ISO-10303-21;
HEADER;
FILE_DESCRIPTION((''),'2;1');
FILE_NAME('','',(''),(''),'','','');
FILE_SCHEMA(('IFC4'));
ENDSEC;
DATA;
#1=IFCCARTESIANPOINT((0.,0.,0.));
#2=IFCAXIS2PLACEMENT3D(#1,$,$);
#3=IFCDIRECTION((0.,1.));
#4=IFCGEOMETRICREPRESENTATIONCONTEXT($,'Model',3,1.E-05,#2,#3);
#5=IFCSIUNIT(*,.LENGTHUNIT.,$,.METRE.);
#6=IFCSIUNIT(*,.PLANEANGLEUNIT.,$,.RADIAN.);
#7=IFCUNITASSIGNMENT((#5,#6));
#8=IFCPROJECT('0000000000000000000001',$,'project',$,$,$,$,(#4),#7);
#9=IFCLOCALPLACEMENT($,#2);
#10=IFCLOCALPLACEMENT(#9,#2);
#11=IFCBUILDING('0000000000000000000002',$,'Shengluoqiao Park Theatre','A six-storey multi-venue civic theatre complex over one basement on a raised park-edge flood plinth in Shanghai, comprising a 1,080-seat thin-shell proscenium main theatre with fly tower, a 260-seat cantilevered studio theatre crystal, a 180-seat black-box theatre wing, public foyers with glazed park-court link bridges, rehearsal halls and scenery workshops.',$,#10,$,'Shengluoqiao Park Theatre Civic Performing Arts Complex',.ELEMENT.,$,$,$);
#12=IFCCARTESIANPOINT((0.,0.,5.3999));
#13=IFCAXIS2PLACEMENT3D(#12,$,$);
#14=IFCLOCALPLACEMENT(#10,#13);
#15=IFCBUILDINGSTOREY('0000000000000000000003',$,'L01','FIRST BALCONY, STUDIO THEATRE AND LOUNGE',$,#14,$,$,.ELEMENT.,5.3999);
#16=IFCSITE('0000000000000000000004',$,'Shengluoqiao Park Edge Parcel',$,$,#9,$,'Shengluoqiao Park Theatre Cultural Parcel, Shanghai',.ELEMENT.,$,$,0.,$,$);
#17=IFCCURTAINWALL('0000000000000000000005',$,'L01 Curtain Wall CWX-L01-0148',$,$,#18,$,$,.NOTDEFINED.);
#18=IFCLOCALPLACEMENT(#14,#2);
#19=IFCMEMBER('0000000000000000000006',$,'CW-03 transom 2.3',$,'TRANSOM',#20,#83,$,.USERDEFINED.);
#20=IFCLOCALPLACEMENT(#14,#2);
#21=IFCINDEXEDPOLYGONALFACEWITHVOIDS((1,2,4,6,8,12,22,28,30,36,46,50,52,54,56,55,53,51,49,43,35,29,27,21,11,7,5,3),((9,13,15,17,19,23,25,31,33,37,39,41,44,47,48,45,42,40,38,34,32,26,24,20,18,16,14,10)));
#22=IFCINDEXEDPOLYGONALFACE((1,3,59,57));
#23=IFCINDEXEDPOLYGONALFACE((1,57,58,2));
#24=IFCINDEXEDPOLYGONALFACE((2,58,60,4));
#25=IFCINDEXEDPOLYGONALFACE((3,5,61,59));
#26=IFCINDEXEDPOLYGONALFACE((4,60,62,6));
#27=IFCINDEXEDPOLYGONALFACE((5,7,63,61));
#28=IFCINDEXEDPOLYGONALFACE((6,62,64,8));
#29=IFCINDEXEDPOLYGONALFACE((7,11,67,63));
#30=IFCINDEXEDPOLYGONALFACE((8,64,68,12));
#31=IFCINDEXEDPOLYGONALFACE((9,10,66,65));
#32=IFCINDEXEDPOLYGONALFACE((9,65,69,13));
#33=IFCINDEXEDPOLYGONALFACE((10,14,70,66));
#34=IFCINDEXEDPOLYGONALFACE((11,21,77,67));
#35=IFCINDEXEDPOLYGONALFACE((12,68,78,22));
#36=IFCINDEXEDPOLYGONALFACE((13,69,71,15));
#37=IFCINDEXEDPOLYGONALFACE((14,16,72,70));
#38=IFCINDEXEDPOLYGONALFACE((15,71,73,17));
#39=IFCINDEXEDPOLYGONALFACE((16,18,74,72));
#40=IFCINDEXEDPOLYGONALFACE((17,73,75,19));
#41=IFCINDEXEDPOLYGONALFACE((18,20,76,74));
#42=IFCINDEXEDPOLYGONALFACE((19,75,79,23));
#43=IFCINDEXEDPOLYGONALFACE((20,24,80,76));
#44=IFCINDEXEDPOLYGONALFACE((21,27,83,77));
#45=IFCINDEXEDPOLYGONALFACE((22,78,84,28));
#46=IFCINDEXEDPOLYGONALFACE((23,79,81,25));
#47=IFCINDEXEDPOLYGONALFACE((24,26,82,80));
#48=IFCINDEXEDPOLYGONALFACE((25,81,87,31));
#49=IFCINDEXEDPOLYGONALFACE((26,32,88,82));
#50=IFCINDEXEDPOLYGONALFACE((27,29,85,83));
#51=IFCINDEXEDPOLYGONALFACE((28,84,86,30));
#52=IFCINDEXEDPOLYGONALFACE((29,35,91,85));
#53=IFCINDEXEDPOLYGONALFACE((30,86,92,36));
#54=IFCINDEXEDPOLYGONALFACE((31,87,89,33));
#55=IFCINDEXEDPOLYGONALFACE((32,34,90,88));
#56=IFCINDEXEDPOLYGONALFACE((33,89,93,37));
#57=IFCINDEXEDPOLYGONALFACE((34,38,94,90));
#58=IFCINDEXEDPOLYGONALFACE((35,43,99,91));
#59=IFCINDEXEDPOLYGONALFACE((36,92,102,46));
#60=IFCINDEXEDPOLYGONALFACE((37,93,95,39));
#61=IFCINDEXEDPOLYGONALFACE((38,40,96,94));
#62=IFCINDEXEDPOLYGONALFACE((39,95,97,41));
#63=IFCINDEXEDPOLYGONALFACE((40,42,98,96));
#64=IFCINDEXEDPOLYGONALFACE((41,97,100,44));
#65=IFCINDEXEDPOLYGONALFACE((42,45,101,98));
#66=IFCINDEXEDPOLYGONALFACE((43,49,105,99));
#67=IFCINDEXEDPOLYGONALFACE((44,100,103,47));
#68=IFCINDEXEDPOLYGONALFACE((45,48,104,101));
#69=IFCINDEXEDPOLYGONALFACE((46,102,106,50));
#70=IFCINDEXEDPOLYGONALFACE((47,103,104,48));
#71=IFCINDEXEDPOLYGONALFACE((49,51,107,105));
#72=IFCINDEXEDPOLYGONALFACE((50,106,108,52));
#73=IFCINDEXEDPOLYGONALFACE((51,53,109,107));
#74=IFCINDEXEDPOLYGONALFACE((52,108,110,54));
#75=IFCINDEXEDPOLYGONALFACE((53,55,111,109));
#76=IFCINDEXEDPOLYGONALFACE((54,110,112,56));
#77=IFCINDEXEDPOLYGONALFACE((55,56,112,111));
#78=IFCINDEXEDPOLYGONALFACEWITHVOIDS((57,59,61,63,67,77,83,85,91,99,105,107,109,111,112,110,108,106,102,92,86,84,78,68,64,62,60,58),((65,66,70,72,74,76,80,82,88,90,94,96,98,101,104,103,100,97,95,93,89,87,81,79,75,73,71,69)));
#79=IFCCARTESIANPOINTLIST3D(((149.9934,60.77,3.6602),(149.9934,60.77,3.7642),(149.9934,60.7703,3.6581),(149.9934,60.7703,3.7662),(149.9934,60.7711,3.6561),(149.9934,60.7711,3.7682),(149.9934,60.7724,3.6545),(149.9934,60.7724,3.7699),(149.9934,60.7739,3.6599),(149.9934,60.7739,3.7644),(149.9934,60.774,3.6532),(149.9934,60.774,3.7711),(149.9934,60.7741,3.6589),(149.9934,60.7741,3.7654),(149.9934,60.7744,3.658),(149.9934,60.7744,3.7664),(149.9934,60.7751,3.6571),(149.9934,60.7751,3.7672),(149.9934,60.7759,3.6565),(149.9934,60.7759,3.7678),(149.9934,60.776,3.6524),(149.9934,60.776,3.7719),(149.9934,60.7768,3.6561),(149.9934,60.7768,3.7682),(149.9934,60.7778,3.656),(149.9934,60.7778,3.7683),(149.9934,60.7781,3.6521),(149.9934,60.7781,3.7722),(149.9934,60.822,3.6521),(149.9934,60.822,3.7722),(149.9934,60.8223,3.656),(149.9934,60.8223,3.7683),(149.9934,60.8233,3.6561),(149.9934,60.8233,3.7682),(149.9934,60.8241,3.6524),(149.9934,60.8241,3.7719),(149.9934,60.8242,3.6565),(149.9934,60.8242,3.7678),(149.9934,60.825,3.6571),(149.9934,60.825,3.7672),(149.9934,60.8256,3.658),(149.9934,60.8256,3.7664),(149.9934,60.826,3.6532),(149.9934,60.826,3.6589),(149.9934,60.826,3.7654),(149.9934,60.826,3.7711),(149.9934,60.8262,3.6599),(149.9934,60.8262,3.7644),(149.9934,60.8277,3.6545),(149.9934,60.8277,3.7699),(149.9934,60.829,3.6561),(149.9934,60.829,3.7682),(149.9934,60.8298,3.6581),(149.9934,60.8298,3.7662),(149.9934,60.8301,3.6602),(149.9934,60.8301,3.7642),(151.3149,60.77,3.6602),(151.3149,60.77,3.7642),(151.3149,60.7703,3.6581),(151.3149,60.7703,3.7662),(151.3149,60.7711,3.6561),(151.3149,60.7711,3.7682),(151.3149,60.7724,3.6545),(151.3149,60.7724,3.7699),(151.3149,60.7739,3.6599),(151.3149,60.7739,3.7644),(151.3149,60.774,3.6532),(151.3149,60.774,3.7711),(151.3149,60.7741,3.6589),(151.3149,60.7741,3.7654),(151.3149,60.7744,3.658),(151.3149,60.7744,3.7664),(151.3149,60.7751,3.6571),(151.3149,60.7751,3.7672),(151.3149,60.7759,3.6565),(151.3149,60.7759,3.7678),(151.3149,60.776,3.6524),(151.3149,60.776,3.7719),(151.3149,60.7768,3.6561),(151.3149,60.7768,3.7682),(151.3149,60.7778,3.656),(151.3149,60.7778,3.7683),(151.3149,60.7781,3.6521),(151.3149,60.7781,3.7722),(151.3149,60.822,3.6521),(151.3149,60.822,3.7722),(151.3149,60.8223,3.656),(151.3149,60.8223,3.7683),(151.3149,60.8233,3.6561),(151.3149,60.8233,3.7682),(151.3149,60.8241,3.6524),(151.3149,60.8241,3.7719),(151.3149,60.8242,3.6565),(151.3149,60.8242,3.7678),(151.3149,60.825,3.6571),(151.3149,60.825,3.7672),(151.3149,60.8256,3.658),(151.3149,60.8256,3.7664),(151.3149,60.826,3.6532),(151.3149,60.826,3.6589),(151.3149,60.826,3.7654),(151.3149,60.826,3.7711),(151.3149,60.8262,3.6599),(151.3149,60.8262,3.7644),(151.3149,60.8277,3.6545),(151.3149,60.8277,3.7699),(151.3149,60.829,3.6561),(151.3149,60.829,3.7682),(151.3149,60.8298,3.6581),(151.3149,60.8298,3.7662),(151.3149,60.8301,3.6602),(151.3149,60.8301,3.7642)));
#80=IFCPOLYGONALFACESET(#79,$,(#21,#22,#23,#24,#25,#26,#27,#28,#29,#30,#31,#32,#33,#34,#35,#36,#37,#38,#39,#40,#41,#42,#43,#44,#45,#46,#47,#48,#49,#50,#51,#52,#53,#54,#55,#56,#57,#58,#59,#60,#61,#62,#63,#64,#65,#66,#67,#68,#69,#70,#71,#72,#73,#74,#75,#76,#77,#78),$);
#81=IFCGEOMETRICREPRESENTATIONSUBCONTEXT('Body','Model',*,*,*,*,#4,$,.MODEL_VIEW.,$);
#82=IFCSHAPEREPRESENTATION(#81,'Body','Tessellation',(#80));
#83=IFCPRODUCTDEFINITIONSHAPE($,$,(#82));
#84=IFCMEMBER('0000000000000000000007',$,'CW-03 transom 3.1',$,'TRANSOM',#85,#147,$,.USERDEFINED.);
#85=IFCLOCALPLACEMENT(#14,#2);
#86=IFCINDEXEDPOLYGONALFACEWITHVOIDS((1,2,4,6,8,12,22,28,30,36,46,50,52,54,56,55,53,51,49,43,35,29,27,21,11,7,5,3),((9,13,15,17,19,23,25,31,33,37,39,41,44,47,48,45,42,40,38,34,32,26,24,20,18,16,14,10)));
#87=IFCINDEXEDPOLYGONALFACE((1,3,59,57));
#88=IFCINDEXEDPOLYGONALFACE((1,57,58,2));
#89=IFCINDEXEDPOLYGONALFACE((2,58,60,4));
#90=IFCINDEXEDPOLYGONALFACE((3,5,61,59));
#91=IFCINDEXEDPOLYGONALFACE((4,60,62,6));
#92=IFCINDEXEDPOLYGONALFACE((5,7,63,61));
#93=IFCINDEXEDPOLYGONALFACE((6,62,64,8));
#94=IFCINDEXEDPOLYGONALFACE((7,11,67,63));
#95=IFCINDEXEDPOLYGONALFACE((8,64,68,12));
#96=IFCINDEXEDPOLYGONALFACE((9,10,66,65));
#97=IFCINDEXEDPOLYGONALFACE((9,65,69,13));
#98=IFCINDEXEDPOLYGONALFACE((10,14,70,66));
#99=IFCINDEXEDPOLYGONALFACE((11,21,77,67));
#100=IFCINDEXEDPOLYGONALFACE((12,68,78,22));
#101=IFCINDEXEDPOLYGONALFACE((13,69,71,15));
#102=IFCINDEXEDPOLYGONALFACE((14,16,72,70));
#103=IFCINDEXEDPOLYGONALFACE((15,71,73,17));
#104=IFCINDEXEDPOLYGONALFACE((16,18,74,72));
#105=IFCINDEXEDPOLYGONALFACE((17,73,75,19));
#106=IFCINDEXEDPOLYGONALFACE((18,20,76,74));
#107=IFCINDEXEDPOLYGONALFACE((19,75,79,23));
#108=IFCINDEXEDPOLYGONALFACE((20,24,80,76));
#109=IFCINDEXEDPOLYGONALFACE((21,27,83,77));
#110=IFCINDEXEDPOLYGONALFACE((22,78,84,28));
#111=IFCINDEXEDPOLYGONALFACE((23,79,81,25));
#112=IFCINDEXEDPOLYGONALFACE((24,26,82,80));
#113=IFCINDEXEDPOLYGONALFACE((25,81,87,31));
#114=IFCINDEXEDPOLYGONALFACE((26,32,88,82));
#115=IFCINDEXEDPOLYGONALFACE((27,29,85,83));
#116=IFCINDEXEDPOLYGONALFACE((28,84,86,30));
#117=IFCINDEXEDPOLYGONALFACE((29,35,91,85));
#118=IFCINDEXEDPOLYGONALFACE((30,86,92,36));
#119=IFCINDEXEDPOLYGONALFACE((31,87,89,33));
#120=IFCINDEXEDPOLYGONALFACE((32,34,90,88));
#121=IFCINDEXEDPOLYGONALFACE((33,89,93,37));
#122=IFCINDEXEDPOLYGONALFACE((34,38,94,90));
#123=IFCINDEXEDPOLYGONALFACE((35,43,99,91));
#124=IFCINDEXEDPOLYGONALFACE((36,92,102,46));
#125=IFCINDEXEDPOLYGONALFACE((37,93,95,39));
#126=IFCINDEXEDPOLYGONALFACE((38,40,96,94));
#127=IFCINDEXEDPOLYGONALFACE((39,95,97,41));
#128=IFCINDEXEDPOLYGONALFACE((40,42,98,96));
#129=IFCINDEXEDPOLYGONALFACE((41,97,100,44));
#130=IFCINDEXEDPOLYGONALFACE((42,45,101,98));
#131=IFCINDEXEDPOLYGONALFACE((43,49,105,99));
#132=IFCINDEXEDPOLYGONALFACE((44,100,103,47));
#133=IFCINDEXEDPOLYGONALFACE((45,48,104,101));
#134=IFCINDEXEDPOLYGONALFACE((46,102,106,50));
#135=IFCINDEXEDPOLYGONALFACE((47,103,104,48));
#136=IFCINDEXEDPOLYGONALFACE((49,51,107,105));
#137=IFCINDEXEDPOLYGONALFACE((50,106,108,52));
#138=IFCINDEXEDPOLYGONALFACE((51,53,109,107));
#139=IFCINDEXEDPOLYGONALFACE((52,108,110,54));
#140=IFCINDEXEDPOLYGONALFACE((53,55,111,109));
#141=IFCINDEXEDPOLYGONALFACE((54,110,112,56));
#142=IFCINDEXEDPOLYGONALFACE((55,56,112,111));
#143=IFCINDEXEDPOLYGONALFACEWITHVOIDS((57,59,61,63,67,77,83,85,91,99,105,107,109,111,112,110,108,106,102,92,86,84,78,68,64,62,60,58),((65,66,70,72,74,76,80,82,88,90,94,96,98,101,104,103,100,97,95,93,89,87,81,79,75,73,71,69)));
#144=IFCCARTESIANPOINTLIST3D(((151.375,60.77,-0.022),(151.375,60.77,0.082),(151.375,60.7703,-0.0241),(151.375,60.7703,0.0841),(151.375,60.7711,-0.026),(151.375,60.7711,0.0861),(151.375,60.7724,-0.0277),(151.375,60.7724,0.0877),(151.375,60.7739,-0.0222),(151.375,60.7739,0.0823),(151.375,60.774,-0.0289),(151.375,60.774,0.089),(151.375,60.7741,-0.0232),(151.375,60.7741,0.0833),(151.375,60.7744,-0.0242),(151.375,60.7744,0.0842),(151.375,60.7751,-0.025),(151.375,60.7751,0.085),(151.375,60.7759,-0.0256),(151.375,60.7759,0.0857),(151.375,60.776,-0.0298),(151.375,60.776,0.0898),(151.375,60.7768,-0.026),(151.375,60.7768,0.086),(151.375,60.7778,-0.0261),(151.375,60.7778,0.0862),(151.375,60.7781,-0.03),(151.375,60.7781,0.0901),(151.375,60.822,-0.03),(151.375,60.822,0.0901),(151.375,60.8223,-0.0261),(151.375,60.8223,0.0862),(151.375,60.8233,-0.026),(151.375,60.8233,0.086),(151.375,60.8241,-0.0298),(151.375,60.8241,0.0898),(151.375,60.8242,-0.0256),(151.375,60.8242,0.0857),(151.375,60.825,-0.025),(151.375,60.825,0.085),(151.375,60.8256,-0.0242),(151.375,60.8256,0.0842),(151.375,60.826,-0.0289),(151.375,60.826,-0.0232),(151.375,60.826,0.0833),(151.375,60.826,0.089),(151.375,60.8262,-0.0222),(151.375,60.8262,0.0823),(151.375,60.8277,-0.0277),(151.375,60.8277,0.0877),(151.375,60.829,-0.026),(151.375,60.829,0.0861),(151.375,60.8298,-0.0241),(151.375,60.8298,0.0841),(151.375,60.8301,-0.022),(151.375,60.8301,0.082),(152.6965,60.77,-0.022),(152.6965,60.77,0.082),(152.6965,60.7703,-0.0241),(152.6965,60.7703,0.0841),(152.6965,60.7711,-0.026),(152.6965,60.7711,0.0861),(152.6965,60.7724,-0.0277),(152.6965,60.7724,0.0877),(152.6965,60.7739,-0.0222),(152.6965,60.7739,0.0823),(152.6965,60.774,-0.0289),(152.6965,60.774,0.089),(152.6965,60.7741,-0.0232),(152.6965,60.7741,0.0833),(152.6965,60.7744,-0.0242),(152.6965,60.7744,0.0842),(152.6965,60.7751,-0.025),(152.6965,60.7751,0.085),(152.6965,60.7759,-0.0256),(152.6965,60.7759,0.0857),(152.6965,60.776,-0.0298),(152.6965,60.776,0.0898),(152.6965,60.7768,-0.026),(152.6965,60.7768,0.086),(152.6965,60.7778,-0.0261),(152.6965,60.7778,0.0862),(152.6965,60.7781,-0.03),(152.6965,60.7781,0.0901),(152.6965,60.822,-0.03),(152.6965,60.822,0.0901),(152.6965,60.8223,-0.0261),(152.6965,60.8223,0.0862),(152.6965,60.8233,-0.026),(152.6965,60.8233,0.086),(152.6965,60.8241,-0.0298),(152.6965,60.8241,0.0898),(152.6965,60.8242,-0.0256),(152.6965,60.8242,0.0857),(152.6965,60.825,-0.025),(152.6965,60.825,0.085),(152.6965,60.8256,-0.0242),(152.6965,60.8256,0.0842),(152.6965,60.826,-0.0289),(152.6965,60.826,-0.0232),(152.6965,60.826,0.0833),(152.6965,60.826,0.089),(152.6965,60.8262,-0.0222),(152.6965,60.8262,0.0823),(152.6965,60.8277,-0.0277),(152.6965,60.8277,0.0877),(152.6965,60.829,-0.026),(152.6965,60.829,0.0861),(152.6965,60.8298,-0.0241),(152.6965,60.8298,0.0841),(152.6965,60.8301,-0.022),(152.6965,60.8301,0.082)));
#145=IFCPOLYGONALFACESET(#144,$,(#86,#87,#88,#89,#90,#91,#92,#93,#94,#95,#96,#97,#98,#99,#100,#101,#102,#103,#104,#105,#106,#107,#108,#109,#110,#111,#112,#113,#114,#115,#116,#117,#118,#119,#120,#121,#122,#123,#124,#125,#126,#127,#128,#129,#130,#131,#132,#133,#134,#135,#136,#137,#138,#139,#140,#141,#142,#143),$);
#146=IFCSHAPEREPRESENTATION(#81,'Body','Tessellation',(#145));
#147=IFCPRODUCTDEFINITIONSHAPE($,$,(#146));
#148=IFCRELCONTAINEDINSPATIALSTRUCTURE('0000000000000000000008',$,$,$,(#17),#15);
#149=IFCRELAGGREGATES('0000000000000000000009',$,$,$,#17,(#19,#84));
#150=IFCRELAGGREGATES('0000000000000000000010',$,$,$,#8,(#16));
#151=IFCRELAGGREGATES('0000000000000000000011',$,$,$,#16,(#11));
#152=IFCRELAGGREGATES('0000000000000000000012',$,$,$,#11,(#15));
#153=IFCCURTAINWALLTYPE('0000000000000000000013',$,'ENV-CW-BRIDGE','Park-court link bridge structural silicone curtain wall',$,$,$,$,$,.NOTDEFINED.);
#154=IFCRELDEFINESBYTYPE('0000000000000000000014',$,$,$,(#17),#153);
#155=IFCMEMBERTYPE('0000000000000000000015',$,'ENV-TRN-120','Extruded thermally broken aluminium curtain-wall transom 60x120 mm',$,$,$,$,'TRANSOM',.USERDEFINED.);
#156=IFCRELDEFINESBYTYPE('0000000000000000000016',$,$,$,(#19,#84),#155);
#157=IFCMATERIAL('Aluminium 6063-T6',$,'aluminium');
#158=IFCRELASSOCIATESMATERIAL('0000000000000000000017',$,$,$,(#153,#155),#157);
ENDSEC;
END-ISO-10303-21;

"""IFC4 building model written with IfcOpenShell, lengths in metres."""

from ifc_helpers import new_model, si_unit, direction, frame, origin, origin_2d, place, context, subcontext, project, spatial, hollow_rectangle, extrude, material, material_profile, profile_set, type_object, element, aggregate, save


model = new_model("IFC4")

# Units and contexts
model_context = context("Model", 3, precision=1e-05, world=origin(), true_north=direction((0.0, 1.0)))
body_context = subcontext(model_context, "Body", "Model", "MODEL_VIEW")
ifc_project = project(units=[si_unit("LENGTHUNIT", "METRE"), si_unit("PLANEANGLEUNIT", "RADIAN")], contexts=[model_context])

# Site, building, storey
site_placement = place(None, origin())
site = spatial("IfcSite", under=ifc_project, at=site_placement, Name="Shengluoqiao Park Edge Parcel", LongName="Shengluoqiao Park Theatre Cultural Parcel, Shanghai", CompositionType="ELEMENT", RefElevation=0.0)
building_placement = place(site_placement, origin())
building = spatial("IfcBuilding", under=site, at=building_placement, Name="Shengluoqiao Park Theatre", Description="A six-storey multi-venue civic theatre complex over one basement on a raised park-edge flood plinth in Shanghai, comprising a 1,080-seat thin-shell proscenium main theatre with fly tower, a 260-seat cantilevered studio theatre crystal, a 180-seat black-box theatre wing, public foyers with glazed park-court link bridges, rehearsal halls and scenery workshops.", LongName="Shengluoqiao Park Theatre Civic Performing Arts Complex", CompositionType="ELEMENT")
storey_placement = place(building_placement, frame((0.0, 0.0, 5.3999)))
storey = spatial("IfcBuildingStorey", under=building, at=storey_placement, Name="L01", Description="FIRST BALCONY, STUDIO THEATRE AND LOUNGE", CompositionType="ELEMENT", Elevation=5.3999)

# Curtain wall, members
ifc_material_1 = material(Name="Aluminium 6063-T6", Category="aluminium")
curtain_wall_type = type_object("IfcCurtainWallType", Name="ENV-CW-BRIDGE", Description="Park-court link bridge structural silicone curtain wall", PredefinedType="NOTDEFINED", material=ifc_material_1)
curtain_wall_placement = place(storey_placement, origin())
curtain_wall = element("IfcCurtainWall", 1, at=curtain_wall_placement, inside=storey, type_object=curtain_wall_type, Name="L01 Curtain Wall CWX-L01-0148", PredefinedType="NOTDEFINED")
ifc_material_profile_1 = material_profile(ifc_material_1, hollow_rectangle(XDim=0.0601, YDim=0.1201, WallThickness=0.0039, InnerFilletRadius=0.0039, OuterFilletRadius=0.0081, at=origin_2d()), Name="ALU TRANSOM 120x60x4")
ifc_profile_set_1 = profile_set([ifc_material_profile_1], Name="Aluminium 6063-T6")
member_type_1 = type_object("IfcMemberType", Name="ENV-TRN-120", Description="Extruded thermally broken aluminium curtain-wall transom 60x120 mm", ElementType="TRANSOM", PredefinedType="USERDEFINED", material=ifc_profile_set_1)
member_1_placement = place(storey_placement, frame((149.9934, 60.8, 3.7122), z_axis=(1.0, 0.0, 0.0), x_axis=(0.0, 1.0, 0.0)))
member_1 = element("IfcMember", 2, at=member_1_placement, type_object=member_type_1, Name="CW-03 transom 2.3", ObjectType="TRANSOM", PredefinedType="USERDEFINED", context=body_context, shape_type="SweptSolid", body=[
    extrude(hollow_rectangle(XDim=0.0601, YDim=0.1201, WallThickness=0.0039, InnerFilletRadius=0.0039, OuterFilletRadius=0.0081, at=origin_2d()), origin(), (0.0, 0.0, 1.0), 1.3215),
])
member_2_placement = place(storey_placement, frame((151.375, 60.8, 0.03), z_axis=(1.0, 0.0, 0.0), x_axis=(0.0, 1.0, 0.0)))
member_2 = element("IfcMember", 3, at=member_2_placement, type_object=member_type_1, Name="CW-03 transom 3.1", ObjectType="TRANSOM", PredefinedType="USERDEFINED", context=body_context, shape_type="SweptSolid", body=[
    extrude(hollow_rectangle(XDim=0.0601, YDim=0.1201, WallThickness=0.0039, InnerFilletRadius=0.0039, OuterFilletRadius=0.0081, at=origin_2d()), origin(), (0.0, 0.0, 1.0), 1.3215),
])

aggregate(curtain_wall, [member_1, member_2])

save(model, "model.ifc")
